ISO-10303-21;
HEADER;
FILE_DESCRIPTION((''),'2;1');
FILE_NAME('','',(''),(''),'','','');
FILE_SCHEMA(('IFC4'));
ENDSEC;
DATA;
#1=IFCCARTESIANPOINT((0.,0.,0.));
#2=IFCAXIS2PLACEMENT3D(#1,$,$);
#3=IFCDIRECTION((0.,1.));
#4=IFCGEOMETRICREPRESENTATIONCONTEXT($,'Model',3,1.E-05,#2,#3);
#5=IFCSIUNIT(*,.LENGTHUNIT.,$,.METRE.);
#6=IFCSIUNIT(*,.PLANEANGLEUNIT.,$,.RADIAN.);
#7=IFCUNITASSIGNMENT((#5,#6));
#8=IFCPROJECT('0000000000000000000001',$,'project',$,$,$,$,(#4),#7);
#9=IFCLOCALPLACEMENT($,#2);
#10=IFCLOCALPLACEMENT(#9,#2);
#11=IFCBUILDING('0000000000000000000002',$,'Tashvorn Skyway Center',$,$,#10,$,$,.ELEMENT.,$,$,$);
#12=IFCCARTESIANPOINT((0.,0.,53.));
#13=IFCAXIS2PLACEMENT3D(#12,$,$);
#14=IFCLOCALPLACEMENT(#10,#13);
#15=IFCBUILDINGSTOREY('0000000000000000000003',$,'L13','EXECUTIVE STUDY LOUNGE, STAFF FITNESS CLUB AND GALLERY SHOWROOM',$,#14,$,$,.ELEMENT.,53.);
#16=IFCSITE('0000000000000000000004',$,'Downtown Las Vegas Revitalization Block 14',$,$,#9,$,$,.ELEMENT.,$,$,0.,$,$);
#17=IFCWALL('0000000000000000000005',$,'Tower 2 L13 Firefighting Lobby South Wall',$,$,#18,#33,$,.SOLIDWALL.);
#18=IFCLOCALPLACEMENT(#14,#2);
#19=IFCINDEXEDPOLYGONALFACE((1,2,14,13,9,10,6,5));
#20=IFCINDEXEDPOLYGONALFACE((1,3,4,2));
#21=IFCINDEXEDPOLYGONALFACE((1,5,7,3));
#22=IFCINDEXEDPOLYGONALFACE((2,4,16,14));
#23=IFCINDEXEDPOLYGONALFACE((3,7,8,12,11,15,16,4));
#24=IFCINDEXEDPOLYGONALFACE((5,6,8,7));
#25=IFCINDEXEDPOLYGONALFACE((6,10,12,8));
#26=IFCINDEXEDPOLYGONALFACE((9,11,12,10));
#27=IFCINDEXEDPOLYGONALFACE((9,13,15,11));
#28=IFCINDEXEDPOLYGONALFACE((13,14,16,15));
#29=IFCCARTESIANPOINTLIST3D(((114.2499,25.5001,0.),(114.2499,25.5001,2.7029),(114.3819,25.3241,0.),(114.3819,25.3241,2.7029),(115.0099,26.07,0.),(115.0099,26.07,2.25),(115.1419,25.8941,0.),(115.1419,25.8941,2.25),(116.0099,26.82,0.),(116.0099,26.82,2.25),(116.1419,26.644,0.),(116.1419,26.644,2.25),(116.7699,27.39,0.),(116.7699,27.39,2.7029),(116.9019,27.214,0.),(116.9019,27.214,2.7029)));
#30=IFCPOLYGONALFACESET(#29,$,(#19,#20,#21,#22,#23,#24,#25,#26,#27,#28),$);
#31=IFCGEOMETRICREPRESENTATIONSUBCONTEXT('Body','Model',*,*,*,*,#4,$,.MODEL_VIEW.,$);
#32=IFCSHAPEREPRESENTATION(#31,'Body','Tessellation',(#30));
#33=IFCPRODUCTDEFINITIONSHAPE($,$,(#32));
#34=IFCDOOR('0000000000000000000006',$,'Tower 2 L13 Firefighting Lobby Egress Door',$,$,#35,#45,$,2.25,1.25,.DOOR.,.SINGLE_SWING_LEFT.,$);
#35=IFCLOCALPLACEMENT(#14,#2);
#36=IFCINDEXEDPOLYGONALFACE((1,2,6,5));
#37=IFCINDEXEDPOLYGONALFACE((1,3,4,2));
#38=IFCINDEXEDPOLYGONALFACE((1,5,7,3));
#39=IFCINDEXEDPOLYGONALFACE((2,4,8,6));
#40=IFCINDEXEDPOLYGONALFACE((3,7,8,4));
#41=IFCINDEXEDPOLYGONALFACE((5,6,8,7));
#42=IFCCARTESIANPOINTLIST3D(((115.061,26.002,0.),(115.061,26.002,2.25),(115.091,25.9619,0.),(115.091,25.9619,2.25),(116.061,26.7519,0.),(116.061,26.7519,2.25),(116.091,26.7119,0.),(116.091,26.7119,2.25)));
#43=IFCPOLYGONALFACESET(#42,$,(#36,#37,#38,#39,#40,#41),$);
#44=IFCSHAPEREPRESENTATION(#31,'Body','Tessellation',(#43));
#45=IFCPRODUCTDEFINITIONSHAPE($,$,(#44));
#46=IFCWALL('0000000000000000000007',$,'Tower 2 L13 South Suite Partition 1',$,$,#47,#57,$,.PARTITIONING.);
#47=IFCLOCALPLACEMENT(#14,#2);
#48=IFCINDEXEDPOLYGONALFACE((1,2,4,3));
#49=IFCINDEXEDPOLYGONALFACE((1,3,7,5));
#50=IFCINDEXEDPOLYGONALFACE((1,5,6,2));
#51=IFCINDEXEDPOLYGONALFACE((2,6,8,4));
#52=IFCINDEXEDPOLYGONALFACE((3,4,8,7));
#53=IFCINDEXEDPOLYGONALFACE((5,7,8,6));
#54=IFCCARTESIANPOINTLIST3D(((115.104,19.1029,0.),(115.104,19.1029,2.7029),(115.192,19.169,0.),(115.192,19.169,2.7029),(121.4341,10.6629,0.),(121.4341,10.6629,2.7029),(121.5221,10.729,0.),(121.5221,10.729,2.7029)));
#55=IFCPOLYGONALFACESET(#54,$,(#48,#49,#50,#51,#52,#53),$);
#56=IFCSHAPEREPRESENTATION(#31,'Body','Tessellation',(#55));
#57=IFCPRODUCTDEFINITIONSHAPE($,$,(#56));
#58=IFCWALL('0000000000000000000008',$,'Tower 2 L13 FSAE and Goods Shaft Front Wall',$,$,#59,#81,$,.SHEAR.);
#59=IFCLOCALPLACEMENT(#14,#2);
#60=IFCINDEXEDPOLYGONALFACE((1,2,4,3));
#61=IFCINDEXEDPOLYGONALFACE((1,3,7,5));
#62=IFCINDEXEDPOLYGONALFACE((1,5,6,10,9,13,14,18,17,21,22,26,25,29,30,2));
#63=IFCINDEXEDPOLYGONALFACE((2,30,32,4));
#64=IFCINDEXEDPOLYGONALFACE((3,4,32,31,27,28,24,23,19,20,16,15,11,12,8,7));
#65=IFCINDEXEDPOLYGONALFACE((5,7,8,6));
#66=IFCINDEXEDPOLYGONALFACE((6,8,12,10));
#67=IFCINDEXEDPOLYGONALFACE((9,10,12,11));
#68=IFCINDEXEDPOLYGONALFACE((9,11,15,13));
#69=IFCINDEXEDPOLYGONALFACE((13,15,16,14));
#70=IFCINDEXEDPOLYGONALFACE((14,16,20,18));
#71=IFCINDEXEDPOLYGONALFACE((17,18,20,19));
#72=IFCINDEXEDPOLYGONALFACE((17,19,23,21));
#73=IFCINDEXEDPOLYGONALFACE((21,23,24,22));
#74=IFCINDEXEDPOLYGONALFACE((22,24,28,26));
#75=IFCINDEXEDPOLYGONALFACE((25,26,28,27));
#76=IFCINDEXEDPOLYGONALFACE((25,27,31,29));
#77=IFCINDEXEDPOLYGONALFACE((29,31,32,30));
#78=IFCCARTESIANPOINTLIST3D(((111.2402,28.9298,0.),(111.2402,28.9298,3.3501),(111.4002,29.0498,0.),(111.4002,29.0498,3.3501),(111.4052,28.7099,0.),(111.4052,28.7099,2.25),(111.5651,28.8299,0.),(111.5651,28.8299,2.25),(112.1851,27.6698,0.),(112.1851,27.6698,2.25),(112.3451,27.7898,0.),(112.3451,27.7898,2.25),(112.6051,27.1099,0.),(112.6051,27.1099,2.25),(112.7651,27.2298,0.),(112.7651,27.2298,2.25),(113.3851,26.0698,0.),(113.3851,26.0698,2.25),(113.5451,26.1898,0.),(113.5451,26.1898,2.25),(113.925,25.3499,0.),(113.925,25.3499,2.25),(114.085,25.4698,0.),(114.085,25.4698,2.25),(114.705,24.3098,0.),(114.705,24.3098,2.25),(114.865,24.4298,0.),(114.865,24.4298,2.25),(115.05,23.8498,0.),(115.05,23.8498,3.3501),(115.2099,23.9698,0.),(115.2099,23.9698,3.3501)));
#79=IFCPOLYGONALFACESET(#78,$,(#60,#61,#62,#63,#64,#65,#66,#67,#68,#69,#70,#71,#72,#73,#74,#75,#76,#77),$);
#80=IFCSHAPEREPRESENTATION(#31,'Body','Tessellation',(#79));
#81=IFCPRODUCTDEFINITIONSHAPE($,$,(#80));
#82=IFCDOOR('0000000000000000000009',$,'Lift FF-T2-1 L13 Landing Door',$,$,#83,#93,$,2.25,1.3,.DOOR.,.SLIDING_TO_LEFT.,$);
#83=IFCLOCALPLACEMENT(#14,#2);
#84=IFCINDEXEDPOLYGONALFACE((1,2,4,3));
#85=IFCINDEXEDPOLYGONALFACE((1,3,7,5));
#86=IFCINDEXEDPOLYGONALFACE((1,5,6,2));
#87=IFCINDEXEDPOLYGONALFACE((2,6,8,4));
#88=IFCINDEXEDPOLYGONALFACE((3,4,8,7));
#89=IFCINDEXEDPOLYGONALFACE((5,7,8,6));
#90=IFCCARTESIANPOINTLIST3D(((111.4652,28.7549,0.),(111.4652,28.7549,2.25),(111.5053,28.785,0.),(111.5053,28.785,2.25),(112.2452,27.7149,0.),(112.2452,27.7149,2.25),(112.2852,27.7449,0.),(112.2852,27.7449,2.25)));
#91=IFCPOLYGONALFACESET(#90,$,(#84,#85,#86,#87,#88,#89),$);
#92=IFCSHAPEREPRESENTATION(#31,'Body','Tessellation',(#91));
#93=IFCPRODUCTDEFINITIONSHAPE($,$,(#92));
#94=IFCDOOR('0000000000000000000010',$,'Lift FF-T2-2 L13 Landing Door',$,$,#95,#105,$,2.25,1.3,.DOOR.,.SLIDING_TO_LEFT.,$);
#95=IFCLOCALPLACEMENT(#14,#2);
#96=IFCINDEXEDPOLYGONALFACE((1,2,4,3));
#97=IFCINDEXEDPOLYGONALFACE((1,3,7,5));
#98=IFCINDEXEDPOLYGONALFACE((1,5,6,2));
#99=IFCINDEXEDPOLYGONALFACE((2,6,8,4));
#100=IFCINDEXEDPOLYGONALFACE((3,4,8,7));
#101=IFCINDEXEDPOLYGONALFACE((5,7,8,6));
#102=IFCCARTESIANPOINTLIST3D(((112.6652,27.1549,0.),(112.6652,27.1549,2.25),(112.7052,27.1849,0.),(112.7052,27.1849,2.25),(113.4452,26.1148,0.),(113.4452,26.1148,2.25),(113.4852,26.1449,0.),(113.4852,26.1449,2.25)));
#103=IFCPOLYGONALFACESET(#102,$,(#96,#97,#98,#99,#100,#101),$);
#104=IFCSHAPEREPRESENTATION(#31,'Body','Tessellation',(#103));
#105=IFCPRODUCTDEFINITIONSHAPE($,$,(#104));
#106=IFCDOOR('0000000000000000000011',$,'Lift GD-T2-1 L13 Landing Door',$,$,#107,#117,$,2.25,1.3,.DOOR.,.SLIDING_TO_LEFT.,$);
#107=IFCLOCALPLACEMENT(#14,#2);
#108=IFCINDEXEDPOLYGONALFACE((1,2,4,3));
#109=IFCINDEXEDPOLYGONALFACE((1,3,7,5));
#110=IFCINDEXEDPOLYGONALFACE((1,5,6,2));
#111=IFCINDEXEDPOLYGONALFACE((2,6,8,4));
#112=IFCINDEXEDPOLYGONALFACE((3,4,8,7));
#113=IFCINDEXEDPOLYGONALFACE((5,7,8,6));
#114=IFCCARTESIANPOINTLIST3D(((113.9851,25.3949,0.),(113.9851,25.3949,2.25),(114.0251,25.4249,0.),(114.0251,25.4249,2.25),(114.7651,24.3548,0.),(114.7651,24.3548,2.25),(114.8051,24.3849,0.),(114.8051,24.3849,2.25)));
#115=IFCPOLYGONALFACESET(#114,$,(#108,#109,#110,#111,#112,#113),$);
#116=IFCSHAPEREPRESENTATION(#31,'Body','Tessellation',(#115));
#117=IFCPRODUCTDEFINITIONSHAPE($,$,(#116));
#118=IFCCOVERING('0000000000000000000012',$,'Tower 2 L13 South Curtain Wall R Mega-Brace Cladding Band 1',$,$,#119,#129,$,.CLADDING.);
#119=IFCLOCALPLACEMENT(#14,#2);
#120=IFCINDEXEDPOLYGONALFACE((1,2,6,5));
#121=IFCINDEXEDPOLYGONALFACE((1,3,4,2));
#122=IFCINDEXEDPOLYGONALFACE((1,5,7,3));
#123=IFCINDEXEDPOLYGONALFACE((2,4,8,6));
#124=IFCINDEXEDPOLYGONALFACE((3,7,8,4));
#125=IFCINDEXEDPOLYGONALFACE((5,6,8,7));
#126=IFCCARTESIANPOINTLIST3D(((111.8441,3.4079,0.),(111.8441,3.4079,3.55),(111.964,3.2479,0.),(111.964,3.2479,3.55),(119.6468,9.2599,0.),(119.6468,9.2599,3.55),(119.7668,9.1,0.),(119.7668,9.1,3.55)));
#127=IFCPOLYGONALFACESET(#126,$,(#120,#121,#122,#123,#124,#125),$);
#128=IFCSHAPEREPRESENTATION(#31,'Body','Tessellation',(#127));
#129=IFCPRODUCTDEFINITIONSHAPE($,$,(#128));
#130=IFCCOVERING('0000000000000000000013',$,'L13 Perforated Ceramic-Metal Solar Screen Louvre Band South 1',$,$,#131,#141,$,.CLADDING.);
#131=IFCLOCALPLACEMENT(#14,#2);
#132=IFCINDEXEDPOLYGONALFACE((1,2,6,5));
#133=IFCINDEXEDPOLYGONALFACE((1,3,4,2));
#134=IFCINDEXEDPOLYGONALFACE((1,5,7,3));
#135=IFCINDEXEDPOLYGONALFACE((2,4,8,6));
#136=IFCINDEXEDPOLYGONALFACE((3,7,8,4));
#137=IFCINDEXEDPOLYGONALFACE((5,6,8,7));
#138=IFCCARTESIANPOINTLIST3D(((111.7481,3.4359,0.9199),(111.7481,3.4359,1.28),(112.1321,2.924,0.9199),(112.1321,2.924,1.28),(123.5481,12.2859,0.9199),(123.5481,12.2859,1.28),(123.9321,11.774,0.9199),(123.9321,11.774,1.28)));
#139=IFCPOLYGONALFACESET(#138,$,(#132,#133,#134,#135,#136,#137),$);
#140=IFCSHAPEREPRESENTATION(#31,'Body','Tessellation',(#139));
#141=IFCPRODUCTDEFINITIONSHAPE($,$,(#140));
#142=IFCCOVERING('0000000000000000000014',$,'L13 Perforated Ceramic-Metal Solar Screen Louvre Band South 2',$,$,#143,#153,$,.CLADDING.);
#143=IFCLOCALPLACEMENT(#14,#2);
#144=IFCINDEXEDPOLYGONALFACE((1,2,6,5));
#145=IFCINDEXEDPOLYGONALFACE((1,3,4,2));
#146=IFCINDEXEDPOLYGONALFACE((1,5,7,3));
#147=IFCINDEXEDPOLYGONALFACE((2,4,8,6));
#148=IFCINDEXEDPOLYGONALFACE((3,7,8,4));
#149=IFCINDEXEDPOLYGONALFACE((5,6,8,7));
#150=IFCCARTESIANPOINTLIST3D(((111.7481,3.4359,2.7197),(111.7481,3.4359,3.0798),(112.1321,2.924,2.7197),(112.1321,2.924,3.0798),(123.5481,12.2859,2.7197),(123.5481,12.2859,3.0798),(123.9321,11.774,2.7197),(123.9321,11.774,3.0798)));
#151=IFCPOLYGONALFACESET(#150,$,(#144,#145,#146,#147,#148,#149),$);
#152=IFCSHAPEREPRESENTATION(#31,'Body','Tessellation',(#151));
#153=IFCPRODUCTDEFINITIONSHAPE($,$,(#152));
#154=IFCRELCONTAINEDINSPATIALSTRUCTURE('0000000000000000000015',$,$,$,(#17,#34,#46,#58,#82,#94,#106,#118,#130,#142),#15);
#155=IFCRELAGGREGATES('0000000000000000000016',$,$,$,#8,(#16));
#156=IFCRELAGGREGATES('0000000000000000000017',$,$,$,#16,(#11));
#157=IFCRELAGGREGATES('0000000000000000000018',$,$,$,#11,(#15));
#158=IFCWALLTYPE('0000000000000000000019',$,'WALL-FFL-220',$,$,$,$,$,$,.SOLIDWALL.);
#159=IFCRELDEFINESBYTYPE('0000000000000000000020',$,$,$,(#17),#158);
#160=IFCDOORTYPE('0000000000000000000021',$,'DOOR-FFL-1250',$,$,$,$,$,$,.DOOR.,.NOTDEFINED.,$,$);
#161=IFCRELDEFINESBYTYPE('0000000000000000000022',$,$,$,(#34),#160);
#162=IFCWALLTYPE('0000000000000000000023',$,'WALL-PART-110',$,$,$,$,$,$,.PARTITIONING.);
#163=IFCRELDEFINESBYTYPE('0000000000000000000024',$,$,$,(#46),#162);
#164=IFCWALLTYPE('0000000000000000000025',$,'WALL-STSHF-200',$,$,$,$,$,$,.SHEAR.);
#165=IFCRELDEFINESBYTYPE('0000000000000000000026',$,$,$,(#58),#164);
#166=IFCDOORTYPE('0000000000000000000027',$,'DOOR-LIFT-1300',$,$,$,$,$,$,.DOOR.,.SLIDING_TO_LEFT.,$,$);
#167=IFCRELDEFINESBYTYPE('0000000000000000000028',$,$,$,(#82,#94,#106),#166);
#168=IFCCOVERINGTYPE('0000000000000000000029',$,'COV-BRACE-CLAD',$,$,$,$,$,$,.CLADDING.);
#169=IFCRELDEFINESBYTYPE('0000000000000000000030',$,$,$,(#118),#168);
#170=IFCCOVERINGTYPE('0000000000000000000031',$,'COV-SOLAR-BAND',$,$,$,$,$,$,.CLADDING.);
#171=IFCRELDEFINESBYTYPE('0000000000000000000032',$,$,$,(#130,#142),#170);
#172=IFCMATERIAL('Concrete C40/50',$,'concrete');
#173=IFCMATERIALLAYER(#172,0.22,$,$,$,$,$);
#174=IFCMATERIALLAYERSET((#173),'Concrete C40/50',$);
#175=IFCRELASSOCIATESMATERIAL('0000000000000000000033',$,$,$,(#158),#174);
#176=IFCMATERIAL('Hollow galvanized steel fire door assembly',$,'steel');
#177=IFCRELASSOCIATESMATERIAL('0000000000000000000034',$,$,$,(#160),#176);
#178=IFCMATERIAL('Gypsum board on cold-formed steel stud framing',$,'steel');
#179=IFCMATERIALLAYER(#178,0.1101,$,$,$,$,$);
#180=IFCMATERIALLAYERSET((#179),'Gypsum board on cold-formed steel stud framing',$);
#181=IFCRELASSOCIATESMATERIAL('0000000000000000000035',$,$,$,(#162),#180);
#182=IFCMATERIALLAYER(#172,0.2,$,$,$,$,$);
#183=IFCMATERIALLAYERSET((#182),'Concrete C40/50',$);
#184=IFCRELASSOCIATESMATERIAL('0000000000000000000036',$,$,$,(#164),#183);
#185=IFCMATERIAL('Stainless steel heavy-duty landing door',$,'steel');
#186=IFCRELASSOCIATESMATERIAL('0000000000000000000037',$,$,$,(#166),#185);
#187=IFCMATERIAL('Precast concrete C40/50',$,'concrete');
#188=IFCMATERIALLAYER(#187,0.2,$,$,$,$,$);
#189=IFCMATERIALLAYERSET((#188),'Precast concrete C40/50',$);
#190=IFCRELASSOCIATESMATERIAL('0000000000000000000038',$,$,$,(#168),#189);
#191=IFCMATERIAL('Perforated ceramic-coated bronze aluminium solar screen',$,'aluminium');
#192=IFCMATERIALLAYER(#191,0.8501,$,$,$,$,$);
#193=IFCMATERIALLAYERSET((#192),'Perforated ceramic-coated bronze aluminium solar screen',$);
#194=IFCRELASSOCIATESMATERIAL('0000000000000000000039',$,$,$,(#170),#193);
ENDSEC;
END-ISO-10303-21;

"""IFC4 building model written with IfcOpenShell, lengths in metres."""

from ifc_helpers import new_model, si_unit, direction, frame, frame_2d, origin, origin_2d, place, context, subcontext, project, spatial, rectangle, extrude, material, layer, layer_set, type_object, element, fill, save


model = new_model("IFC4")

# Units and contexts
model_context = context("Model", 3, precision=1e-05, world=origin(), true_north=direction((0.0, 1.0)))
body_context = subcontext(model_context, "Body", "Model", "MODEL_VIEW")
ifc_project = project(units=[si_unit("LENGTHUNIT", "METRE"), si_unit("PLANEANGLEUNIT", "RADIAN")], contexts=[model_context])

# Site, building, storey
site_placement = place(None, origin())
site = spatial("IfcSite", under=ifc_project, at=site_placement, Name="Downtown Las Vegas Revitalization Block 14", CompositionType="ELEMENT", RefElevation=0.0)
building_placement = place(site_placement, origin())
building = spatial("IfcBuilding", under=site, at=building_placement, Name="Tashvorn Skyway Center", CompositionType="ELEMENT")
storey_placement = place(building_placement, frame((0.0, 0.0, 53.0)))
storey = spatial("IfcBuildingStorey", under=building, at=storey_placement, Name="L13", Description="EXECUTIVE STUDY LOUNGE, STAFF FITNESS CLUB AND GALLERY SHOWROOM", CompositionType="ELEMENT", Elevation=53.0)

# Wall, opening, door
ifc_material_1 = material(Name="Concrete C40/50", Category="concrete")
ifc_layer_1 = layer(ifc_material_1, 0.22)
ifc_layer_set_1 = layer_set([ifc_layer_1], Name="Concrete C40/50")
wall_type_1 = type_object("IfcWallType", Name="WALL-FFL-220", PredefinedType="SOLIDWALL", material=ifc_layer_set_1)
wall_1_placement = place(storey_placement, frame((114.3159, 25.4121, 0.0), z_axis=(0.0, 0.0, 1.0), x_axis=(0.800019, 0.599975, 0.0)))
wall_1 = element("IfcWall", 1, at=wall_1_placement, inside=storey, type_object=wall_type_1, Name="Tower 2 L13 Firefighting Lobby South Wall", PredefinedType="SOLIDWALL", context=body_context, shape_type="SweptSolid", body=[
    extrude(rectangle(XDim=3.1499, YDim=0.22, at=frame_2d((1.575, 0.0))), origin(), (0.0, 0.0, 1.0), 2.7029),
])
opening_1_placement = place(wall_1_placement, frame((0.95, 0.0, 0.0)))
opening_1 = element("IfcOpeningElement", 2, at=opening_1_placement, cuts=wall_1, PredefinedType="OPENING", context=body_context, shape_type="SweptSolid", body=[
    extrude(rectangle(XDim=1.25, YDim=2.25, at=frame_2d((0.625, 1.125))), frame((0.0, 0.1199, 0.0), z_axis=(0.0, -1.0, 0.0), x_axis=(1.0, 0.0, 0.0)), (0.0, 0.0, 1.0), 0.24),
])
ifc_material_2 = material(Name="Hollow galvanized steel fire door assembly", Category="steel")
door_type_1 = type_object("IfcDoorType", Name="DOOR-FFL-1250", OperationType="NOTDEFINED", PredefinedType="DOOR", material=ifc_material_2)
door_1_placement = place(opening_1_placement, origin())
door_1 = element("IfcDoor", 3, at=door_1_placement, inside=storey, type_object=door_type_1, Name="Tower 2 L13 Firefighting Lobby Egress Door", OperationType="SINGLE_SWING_LEFT", OverallHeight=2.25, OverallWidth=1.25, PredefinedType="DOOR", context=body_context, shape_type="SweptSolid", body=[
    extrude(rectangle(XDim=1.25, YDim=2.25, at=frame_2d((0.625, 1.125))), frame((0.0, 0.0249, 0.0), z_axis=(0.0, -1.0, 0.0), x_axis=(1.0, 0.0, 0.0)), (0.0, 0.0, 1.0), 0.05),
])
fill(opening_1, door_1)

# Wall
ifc_material_3 = material(Name="Gypsum board on cold-formed steel stud framing", Category="steel")
ifc_layer_2 = layer(ifc_material_3, 0.1101)
ifc_layer_set_2 = layer_set([ifc_layer_2], Name="Gypsum board on cold-formed steel stud framing")
wall_type_2 = type_object("IfcWallType", Name="WALL-PART-110", PredefinedType="PARTITIONING", material=ifc_layer_set_2)
wall_2_placement = place(storey_placement, frame((121.478, 10.696, 0.0), z_axis=(0.0, 0.0, 1.0), x_axis=(-0.600007, 0.799994, 0.0)))
element("IfcWall", 4, at=wall_2_placement, inside=storey, type_object=wall_type_2, Name="Tower 2 L13 South Suite Partition 1", PredefinedType="PARTITIONING", context=body_context, shape_type="SweptSolid", body=[
    extrude(rectangle(XDim=10.55, YDim=0.1101, at=frame_2d((5.2749, 0.0))), origin(), (0.0, 0.0, 1.0), 2.7029),
])

# Wall, openings, doors
ifc_layer_3 = layer(ifc_material_1, 0.2)
ifc_layer_set_3 = layer_set([ifc_layer_3], Name="Concrete C40/50")
wall_type_3 = type_object("IfcWallType", Name="WALL-STSHF-200", PredefinedType="SHEAR", material=ifc_layer_set_3)
wall_3_placement = place(storey_placement, frame((115.1299, 23.9099, 0.0), z_axis=(0.0, 0.0, 1.0), x_axis=(-0.599975, 0.800018, 0.0)))
wall_3 = element("IfcWall", 5, at=wall_3_placement, inside=storey, type_object=wall_type_3, Name="Tower 2 L13 FSAE and Goods Shaft Front Wall", PredefinedType="SHEAR", context=body_context, shape_type="SweptSolid", body=[
    extrude(rectangle(XDim=6.3499, YDim=0.2, at=frame_2d((3.1748, 0.0))), origin(), (0.0, 0.0, 1.0), 3.3501),
])
opening_2_placement = place(wall_3_placement, frame((4.7749, 0.0, 0.0)))
opening_2 = element("IfcOpeningElement", 6, at=opening_2_placement, cuts=wall_3, PredefinedType="OPENING", context=body_context, shape_type="SweptSolid", body=[
    extrude(rectangle(XDim=1.3, YDim=2.25, at=frame_2d((0.6499, 1.125))), frame((0.0, 0.1099, 0.0), z_axis=(0.0, -1.0, 0.0), x_axis=(1.0, 0.0, 0.0)), (0.0, 0.0, 1.0), 0.22),
])
opening_3_placement = place(wall_3_placement, frame((2.7749, 0.0, 0.0)))
opening_3 = element("IfcOpeningElement", 7, at=opening_3_placement, cuts=wall_3, PredefinedType="OPENING", context=body_context, shape_type="SweptSolid", body=[
    extrude(rectangle(XDim=1.3, YDim=2.25, at=frame_2d((0.6499, 1.125))), frame((0.0, 0.1099, 0.0), z_axis=(0.0, -1.0, 0.0), x_axis=(1.0, 0.0, 0.0)), (0.0, 0.0, 1.0), 0.22),
])
opening_4_placement = place(wall_3_placement, frame((0.575, 0.0, 0.0)))
opening_4 = element("IfcOpeningElement", 8, at=opening_4_placement, cuts=wall_3, PredefinedType="OPENING", context=body_context, shape_type="SweptSolid", body=[
    extrude(rectangle(XDim=1.3, YDim=2.25, at=frame_2d((0.6499, 1.125))), frame((0.0, 0.1099, 0.0), z_axis=(0.0, -1.0, 0.0), x_axis=(1.0, 0.0, 0.0)), (0.0, 0.0, 1.0), 0.22),
])
ifc_material_4 = material(Name="Stainless steel heavy-duty landing door", Category="steel")
door_type_2 = type_object("IfcDoorType", Name="DOOR-LIFT-1300", OperationType="SLIDING_TO_LEFT", PredefinedType="DOOR", material=ifc_material_4)
door_2_placement = place(opening_2_placement, origin())
door_2 = element("IfcDoor", 9, at=door_2_placement, inside=storey, type_object=door_type_2, Name="Lift FF-T2-1 L13 Landing Door", OperationType="SLIDING_TO_LEFT", OverallHeight=2.25, OverallWidth=1.3, PredefinedType="DOOR", context=body_context, shape_type="SweptSolid", body=[
    extrude(rectangle(XDim=1.3, YDim=2.25, at=frame_2d((0.6499, 1.125))), frame((0.0, 0.0249, 0.0), z_axis=(0.0, -1.0, 0.0), x_axis=(1.0, 0.0, 0.0)), (0.0, 0.0, 1.0), 0.05),
])
fill(opening_2, door_2)
door_3_placement = place(opening_3_placement, origin())
door_3 = element("IfcDoor", 10, at=door_3_placement, inside=storey, type_object=door_type_2, Name="Lift FF-T2-2 L13 Landing Door", OperationType="SLIDING_TO_LEFT", OverallHeight=2.25, OverallWidth=1.3, PredefinedType="DOOR", context=body_context, shape_type="SweptSolid", body=[
    extrude(rectangle(XDim=1.3, YDim=2.25, at=frame_2d((0.6499, 1.125))), frame((0.0, 0.0249, 0.0), z_axis=(0.0, -1.0, 0.0), x_axis=(1.0, 0.0, 0.0)), (0.0, 0.0, 1.0), 0.05),
])
fill(opening_3, door_3)
door_4_placement = place(opening_4_placement, origin())
door_4 = element("IfcDoor", 11, at=door_4_placement, inside=storey, type_object=door_type_2, Name="Lift GD-T2-1 L13 Landing Door", OperationType="SLIDING_TO_LEFT", OverallHeight=2.25, OverallWidth=1.3, PredefinedType="DOOR", context=body_context, shape_type="SweptSolid", body=[
    extrude(rectangle(XDim=1.3, YDim=2.25, at=frame_2d((0.6499, 1.125))), frame((0.0, 0.0249, 0.0), z_axis=(0.0, -1.0, 0.0), x_axis=(1.0, 0.0, 0.0)), (0.0, 0.0, 1.0), 0.05),
])
fill(opening_4, door_4)

# Coverings
ifc_material_5 = material(Name="Precast concrete C40/50", Category="concrete")
ifc_layer_4 = layer(ifc_material_5, 0.2)
ifc_layer_set_4 = layer_set([ifc_layer_4], Name="Precast concrete C40/50")
covering_type_1 = type_object("IfcCoveringType", Name="COV-BRACE-CLAD", PredefinedType="CLADDING", material=ifc_layer_set_4)
covering_placement = place(storey_placement, frame((115.8054, 6.2539, 0.0), z_axis=(0.0, 0.0, 1.0), x_axis=(-0.8, -0.6, 0.0)))
element("IfcCovering", 12, at=covering_placement, inside=storey, type_object=covering_type_1, Name="Tower 2 L13 South Curtain Wall R Mega-Brace Cladding Band 1", PredefinedType="CLADDING", context=body_context, shape_type="SweptSolid", body=[
    extrude(rectangle(XDim=9.7534, YDim=0.2, at=origin_2d()), origin(), (0.0, 0.0, 1.0), 3.55),
])
ifc_material_6 = material(Name="Perforated ceramic-coated bronze aluminium solar screen", Category="aluminium")
ifc_layer_5 = layer(ifc_material_6, 0.8501)
ifc_layer_set_5 = layer_set([ifc_layer_5], Name="Perforated ceramic-coated bronze aluminium solar screen")
covering_type_2 = type_object("IfcCoveringType", Name="COV-SOLAR-BAND", PredefinedType="CLADDING", material=ifc_layer_set_5)
for number, where, z_axis, x_axis, name in (
    (13, (117.8401, 7.605, 0.9199), (0.0, 0.0, 1.0), (-0.8, -0.6, 0.0), "L13 Perforated Ceramic-Metal Solar Screen Louvre Band South 1"),
    (14, (117.8401, 7.605, 2.7197), (0.0, 0.0, 1.0), (-0.8, -0.6, 0.0), "L13 Perforated Ceramic-Metal Solar Screen Louvre Band South 2"),
):
    element("IfcCovering", number, at=place(storey_placement, frame(where, z_axis=z_axis, x_axis=x_axis)), inside=storey, type_object=covering_type_2, Name=name, PredefinedType="CLADDING", context=body_context, shape_type="SweptSolid", body=[
        extrude(rectangle(XDim=14.75, YDim=0.6399, at=origin_2d()), origin(), (0.0, 0.0, 1.0), 0.3601),
    ])

save(model, "model.ifc")
